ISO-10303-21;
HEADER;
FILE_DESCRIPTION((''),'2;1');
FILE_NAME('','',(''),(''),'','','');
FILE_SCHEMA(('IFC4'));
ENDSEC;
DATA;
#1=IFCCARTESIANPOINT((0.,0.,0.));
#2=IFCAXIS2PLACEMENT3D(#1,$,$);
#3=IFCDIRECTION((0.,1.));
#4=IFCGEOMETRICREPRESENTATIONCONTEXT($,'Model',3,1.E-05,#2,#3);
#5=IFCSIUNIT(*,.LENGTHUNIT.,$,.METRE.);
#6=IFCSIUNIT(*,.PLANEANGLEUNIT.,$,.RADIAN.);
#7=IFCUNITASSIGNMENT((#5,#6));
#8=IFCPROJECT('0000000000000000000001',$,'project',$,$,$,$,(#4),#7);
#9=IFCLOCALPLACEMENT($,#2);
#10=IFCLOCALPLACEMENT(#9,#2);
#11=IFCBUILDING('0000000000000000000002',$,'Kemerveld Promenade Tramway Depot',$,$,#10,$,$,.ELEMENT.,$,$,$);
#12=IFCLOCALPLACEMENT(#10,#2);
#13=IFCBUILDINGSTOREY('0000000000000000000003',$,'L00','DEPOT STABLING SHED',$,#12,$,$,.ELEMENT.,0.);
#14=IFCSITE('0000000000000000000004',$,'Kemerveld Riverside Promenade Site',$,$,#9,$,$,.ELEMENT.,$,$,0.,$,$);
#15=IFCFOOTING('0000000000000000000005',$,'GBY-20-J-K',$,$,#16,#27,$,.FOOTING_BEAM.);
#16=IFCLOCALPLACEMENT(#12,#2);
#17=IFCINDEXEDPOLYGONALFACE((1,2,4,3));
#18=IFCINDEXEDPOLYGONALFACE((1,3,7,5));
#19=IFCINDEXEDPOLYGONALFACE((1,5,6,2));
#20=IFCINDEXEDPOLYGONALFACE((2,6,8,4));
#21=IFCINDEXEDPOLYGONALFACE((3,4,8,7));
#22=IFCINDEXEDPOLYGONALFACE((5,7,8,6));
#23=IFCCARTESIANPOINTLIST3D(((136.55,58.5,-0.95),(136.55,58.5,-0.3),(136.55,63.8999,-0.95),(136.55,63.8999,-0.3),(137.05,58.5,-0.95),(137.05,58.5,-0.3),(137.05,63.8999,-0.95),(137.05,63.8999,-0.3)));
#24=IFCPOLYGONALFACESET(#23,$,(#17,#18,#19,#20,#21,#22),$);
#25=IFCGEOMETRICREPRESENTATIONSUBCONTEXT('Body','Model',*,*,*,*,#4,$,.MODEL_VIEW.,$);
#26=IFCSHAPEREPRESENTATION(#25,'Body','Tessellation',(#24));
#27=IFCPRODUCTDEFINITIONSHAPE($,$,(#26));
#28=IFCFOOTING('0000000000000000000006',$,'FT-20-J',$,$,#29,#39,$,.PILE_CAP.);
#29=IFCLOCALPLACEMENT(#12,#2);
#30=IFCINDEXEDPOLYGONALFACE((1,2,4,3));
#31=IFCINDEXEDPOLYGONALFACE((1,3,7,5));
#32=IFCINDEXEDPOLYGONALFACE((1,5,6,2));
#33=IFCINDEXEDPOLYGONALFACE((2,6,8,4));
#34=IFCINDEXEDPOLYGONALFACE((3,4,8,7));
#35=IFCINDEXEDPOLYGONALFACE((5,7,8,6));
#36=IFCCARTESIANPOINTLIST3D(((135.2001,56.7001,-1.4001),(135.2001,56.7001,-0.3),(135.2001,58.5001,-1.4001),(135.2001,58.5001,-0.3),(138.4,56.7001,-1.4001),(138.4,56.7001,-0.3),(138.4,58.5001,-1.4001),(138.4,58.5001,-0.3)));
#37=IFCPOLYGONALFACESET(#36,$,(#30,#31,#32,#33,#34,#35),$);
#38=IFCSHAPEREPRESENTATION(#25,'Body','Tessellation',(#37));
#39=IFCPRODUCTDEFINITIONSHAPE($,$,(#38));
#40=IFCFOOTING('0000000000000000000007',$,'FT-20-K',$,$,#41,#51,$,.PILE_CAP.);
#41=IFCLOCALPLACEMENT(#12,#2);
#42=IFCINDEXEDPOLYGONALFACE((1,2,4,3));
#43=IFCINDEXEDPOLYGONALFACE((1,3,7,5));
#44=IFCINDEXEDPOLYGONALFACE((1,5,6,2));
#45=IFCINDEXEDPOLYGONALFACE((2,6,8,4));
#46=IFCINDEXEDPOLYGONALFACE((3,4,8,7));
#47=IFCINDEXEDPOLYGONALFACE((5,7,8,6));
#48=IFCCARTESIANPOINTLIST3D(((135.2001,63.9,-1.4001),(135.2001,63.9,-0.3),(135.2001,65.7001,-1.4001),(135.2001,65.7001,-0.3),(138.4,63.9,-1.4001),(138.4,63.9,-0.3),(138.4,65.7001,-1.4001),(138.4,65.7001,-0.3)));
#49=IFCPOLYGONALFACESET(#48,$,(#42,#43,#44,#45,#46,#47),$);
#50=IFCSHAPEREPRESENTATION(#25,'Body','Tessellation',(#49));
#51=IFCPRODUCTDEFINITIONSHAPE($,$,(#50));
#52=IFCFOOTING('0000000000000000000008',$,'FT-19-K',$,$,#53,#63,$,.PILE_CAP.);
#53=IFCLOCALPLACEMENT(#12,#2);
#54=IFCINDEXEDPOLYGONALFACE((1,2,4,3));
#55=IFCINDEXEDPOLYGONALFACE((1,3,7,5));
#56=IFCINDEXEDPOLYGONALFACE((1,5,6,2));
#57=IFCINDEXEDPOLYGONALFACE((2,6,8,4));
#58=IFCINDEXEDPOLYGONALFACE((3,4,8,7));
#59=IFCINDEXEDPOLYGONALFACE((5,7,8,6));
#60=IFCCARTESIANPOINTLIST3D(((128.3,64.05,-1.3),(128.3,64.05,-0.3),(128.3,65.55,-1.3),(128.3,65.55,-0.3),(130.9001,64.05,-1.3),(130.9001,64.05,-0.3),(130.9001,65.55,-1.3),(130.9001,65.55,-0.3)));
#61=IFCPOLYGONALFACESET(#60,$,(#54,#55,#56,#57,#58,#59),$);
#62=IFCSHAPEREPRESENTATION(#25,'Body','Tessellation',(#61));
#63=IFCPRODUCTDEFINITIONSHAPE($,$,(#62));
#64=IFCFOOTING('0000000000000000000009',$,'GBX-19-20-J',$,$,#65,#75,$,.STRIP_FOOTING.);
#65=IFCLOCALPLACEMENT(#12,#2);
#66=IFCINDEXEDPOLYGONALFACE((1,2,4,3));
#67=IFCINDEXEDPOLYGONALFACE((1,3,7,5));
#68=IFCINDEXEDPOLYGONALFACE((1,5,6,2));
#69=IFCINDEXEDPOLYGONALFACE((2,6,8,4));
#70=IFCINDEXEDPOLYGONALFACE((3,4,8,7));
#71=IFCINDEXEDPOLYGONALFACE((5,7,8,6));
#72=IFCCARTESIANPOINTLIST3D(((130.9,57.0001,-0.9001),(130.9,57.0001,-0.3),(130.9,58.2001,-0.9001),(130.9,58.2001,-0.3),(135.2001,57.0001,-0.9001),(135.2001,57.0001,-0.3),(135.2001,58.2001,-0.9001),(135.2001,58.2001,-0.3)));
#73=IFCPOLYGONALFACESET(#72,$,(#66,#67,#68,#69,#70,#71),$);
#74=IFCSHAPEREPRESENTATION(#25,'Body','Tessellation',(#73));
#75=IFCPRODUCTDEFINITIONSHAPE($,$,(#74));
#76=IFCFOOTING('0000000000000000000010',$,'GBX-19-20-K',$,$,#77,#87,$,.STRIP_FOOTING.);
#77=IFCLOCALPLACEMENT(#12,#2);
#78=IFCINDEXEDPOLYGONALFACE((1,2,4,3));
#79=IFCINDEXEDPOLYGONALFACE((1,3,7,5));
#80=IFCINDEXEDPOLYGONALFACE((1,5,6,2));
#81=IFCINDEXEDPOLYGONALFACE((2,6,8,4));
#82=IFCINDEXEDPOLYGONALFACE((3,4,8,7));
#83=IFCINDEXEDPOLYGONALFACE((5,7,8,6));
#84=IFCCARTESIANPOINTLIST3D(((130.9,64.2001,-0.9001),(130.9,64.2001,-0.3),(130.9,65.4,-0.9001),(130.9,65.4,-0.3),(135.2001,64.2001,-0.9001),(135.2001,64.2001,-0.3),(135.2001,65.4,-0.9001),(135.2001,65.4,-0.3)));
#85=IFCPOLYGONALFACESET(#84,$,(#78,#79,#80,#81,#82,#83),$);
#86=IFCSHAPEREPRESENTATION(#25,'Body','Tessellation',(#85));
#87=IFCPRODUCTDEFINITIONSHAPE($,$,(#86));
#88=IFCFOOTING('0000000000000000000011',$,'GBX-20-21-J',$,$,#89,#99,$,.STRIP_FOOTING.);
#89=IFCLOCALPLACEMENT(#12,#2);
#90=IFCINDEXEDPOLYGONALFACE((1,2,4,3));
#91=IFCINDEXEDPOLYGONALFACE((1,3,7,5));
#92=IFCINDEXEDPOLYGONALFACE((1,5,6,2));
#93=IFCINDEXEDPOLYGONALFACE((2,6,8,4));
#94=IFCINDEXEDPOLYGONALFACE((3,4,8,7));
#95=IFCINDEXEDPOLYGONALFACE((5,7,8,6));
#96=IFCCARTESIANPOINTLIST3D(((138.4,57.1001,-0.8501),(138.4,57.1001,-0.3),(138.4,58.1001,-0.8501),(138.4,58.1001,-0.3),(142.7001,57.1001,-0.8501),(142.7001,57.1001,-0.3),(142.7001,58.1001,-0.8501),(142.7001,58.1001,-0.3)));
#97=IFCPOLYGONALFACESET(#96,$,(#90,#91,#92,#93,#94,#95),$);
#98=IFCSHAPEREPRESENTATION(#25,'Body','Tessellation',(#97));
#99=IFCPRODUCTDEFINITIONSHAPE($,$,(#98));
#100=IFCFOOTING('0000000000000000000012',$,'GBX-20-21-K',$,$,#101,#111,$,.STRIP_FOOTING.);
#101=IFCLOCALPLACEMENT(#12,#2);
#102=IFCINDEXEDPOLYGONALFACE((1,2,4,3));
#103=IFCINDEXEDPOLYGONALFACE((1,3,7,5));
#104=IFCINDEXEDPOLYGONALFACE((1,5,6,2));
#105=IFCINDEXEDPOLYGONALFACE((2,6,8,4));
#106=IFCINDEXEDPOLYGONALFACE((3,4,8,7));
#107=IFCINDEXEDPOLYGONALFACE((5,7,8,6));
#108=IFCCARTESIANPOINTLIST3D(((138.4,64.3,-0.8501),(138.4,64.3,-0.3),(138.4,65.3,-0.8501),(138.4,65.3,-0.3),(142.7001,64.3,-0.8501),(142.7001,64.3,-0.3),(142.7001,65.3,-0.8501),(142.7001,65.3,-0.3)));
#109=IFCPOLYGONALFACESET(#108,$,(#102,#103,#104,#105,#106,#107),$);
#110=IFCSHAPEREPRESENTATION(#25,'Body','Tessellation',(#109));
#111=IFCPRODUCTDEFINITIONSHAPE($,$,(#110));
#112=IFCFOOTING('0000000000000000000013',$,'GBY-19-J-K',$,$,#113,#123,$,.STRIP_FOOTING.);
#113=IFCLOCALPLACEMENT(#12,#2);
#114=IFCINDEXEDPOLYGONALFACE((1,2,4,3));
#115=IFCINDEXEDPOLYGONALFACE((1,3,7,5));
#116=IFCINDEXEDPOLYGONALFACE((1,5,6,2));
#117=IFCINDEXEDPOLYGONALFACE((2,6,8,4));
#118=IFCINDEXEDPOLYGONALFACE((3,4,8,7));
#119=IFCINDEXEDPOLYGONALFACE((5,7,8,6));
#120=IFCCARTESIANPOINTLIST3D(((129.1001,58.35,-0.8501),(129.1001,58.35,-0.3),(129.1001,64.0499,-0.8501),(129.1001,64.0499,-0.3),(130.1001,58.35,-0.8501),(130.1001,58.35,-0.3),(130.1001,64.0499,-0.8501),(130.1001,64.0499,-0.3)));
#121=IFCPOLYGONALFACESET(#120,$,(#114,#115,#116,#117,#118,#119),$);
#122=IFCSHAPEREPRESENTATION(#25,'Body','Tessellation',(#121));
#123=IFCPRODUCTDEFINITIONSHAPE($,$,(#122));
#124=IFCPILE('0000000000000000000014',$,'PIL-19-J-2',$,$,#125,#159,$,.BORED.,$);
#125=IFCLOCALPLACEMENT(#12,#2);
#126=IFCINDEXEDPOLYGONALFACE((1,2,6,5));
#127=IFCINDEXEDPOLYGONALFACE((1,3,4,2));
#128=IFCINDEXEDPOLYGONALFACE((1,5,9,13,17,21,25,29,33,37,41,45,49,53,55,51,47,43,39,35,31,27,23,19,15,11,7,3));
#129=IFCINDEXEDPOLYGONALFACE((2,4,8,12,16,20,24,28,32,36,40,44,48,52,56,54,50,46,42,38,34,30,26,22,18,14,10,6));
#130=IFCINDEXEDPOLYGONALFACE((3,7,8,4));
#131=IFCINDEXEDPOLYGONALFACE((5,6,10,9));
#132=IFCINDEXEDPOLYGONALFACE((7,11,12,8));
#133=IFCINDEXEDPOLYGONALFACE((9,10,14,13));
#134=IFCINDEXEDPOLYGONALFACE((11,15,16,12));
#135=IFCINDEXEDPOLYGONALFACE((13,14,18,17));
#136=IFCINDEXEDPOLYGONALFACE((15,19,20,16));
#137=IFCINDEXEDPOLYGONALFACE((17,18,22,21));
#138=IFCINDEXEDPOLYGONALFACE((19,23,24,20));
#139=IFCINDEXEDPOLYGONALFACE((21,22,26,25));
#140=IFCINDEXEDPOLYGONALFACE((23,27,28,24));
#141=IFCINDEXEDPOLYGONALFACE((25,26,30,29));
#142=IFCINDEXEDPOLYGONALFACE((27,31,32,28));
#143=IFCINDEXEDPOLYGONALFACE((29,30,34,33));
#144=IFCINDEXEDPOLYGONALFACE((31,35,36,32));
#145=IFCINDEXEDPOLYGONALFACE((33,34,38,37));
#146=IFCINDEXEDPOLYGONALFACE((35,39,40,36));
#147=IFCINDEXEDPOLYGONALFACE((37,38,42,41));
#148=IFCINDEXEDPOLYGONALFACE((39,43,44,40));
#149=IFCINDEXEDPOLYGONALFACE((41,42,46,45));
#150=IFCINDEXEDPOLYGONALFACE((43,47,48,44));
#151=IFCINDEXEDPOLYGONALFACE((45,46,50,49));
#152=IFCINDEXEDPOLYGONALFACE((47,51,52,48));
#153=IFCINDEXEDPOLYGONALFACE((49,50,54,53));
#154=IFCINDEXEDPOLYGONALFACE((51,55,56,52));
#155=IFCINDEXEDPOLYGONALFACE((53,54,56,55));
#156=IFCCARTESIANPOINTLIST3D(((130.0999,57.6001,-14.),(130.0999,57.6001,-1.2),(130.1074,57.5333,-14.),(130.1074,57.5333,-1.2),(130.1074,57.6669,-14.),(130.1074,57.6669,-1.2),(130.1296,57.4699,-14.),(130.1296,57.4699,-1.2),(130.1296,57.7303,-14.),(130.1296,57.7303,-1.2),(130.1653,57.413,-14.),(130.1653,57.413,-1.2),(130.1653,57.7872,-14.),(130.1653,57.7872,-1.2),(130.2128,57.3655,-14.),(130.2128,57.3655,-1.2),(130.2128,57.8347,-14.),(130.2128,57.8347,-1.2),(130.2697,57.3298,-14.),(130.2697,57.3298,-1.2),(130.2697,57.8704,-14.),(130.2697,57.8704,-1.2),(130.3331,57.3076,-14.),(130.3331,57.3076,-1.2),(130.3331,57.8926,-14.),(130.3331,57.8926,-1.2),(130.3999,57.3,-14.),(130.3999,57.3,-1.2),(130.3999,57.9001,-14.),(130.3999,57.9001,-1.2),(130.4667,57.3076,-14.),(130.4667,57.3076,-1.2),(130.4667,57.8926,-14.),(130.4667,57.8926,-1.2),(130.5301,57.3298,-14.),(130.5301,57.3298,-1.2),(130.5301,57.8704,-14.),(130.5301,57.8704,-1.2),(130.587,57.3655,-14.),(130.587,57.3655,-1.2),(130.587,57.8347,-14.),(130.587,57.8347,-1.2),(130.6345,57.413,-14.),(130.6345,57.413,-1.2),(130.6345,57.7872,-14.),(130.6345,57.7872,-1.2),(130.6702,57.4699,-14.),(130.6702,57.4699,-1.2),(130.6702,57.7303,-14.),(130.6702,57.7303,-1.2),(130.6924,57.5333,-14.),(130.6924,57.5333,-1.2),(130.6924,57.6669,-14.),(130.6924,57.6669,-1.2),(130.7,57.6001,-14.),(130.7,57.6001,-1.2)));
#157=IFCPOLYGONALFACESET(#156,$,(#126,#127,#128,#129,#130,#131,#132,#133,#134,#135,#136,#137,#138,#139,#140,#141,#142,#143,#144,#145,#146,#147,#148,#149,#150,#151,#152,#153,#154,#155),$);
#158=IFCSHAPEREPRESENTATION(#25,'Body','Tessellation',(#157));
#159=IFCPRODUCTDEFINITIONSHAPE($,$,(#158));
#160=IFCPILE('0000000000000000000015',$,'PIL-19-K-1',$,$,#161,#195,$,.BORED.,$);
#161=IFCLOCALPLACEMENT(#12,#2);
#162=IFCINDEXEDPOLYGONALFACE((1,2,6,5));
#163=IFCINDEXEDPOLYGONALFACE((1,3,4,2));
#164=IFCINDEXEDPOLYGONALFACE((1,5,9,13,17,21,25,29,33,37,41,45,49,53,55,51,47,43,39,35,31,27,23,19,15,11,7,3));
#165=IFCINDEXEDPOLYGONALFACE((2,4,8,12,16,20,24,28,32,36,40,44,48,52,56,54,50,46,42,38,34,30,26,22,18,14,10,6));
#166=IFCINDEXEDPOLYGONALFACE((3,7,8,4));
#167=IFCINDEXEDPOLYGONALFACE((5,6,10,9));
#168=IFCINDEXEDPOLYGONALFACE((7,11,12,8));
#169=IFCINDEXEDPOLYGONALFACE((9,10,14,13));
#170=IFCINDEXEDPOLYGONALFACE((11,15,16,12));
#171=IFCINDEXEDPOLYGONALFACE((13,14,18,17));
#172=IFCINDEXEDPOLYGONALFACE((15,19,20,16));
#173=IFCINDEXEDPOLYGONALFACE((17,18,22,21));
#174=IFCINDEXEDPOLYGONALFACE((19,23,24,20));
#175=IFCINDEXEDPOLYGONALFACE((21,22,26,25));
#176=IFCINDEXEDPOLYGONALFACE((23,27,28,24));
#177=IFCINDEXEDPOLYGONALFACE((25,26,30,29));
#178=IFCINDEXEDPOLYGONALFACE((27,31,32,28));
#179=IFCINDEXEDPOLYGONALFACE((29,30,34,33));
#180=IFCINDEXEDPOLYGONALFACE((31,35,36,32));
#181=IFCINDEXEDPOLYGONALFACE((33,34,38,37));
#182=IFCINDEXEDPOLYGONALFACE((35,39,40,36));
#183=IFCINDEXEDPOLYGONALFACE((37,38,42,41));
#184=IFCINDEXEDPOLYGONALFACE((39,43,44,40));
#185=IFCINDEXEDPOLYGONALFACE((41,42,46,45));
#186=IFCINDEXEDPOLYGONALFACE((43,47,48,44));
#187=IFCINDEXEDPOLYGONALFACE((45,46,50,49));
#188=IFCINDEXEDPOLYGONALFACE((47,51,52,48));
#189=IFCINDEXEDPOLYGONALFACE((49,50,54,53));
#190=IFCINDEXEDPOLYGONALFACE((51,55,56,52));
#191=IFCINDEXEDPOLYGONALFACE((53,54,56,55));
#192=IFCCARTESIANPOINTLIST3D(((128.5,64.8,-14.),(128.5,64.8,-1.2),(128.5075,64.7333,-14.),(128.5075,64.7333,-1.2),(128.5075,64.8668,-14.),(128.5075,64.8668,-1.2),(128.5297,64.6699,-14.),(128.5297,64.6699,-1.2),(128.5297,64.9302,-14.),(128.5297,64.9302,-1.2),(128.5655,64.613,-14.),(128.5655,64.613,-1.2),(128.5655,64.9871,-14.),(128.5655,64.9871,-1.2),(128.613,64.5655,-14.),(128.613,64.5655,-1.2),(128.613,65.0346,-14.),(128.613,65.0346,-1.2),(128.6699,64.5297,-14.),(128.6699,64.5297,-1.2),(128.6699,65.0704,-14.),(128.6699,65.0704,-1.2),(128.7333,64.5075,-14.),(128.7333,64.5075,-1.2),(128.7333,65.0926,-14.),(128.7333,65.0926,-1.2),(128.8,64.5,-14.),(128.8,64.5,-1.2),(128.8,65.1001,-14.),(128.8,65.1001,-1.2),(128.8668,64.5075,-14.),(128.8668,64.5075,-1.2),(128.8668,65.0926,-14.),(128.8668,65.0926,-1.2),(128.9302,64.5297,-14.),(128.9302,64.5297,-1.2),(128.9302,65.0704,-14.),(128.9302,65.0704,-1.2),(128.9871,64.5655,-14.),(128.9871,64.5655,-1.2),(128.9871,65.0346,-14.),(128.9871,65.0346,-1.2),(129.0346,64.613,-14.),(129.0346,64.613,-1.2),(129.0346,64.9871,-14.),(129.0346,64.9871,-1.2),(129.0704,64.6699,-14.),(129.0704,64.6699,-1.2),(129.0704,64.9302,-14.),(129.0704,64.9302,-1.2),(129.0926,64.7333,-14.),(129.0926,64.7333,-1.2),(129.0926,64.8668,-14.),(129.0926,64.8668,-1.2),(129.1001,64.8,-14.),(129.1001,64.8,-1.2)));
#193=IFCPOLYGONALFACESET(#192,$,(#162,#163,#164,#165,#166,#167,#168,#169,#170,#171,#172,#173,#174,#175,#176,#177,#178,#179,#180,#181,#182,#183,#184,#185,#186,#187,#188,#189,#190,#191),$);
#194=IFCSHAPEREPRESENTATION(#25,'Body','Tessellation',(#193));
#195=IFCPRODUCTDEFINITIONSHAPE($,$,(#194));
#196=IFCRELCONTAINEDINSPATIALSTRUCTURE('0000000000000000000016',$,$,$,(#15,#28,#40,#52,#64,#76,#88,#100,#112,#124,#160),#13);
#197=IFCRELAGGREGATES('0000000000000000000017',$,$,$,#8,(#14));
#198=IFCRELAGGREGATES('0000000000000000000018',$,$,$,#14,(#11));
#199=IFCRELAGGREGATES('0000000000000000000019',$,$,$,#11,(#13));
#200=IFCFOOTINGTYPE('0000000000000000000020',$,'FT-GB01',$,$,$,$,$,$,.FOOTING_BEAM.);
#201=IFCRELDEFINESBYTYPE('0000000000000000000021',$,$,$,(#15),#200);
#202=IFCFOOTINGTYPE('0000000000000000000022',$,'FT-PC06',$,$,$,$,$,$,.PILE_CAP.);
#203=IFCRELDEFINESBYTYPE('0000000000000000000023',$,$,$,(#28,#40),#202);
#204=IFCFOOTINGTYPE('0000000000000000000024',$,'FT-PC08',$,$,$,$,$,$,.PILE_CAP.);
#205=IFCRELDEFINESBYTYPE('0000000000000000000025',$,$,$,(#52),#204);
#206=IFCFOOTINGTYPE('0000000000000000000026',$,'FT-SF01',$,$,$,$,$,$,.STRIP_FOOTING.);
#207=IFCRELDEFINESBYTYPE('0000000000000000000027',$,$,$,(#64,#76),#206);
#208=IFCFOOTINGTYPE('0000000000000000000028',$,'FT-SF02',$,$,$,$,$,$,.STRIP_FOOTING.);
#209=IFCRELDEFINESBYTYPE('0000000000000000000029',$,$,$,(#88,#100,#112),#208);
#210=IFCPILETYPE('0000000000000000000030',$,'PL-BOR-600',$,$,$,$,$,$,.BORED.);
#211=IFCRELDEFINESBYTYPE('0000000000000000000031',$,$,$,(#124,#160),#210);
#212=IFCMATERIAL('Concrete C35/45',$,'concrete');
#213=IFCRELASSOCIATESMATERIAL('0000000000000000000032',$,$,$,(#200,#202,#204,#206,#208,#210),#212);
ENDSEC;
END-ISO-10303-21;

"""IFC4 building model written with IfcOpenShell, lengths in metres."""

from ifc_helpers import new_model, si_unit, direction, frame, origin, origin_2d, place, context, subcontext, project, spatial, rectangle, circle, extrude, material, material_profile, profile_set, type_object, element, save


model = new_model("IFC4")

# Units and contexts
model_context = context("Model", 3, precision=1e-05, world=origin(), true_north=direction((0.0, 1.0)))
body_context = subcontext(model_context, "Body", "Model", "MODEL_VIEW")
ifc_project = project(units=[si_unit("LENGTHUNIT", "METRE"), si_unit("PLANEANGLEUNIT", "RADIAN")], contexts=[model_context])

# Site, building, storey
site_placement = place(None, origin())
site = spatial("IfcSite", under=ifc_project, at=site_placement, Name="Kemerveld Riverside Promenade Site", CompositionType="ELEMENT", RefElevation=0.0)
building_placement = place(site_placement, origin())
building = spatial("IfcBuilding", under=site, at=building_placement, Name="Kemerveld Promenade Tramway Depot", CompositionType="ELEMENT")
storey_placement = place(building_placement, origin())
storey = spatial("IfcBuildingStorey", under=building, at=storey_placement, Name="L00", Description="DEPOT STABLING SHED", CompositionType="ELEMENT", Elevation=0.0)

# Footings
ifc_material_1 = material(Name="Concrete C35/45", Category="concrete")
footing_type_1 = type_object("IfcFootingType", Name="FT-GB01", PredefinedType="FOOTING_BEAM", material=ifc_material_1)
footing_1_placement = place(storey_placement, frame((136.8, 61.2, -0.95), z_axis=(0.0, 0.0, 1.0), x_axis=(0.0, 1.0, 0.0)))
element("IfcFooting", 1, at=footing_1_placement, inside=storey, type_object=footing_type_1, Name="GBY-20-J-K", PredefinedType="FOOTING_BEAM", context=body_context, shape_type="SweptSolid", body=[
    extrude(rectangle(XDim=5.3999, YDim=0.5, at=origin_2d()), origin(), (0.0, 0.0, 1.0), 0.6499),
])
footing_type_2 = type_object("IfcFootingType", Name="FT-PC06", PredefinedType="PILE_CAP", material=ifc_material_1)
for number, where, z_axis, x_axis, name in (
    (2, (136.8, 57.6001, -1.4001), (0.0, 0.0, 1.0), (1.0, 0.0, 0.0), "FT-20-J"),
    (3, (136.8, 64.8, -1.4001), (0.0, 0.0, 1.0), (1.0, 0.0, 0.0), "FT-20-K"),
):
    element("IfcFooting", number, at=place(storey_placement, frame(where, z_axis=z_axis, x_axis=x_axis)), inside=storey, type_object=footing_type_2, Name=name, PredefinedType="PILE_CAP", context=body_context, shape_type="SweptSolid", body=[
        extrude(rectangle(XDim=3.2, YDim=1.8, at=origin_2d()), origin(), (0.0, 0.0, 1.0), 1.1001),
    ])
footing_type_3 = type_object("IfcFootingType", Name="FT-PC08", PredefinedType="PILE_CAP", material=ifc_material_1)
footing_2_placement = place(storey_placement, frame((129.6001, 64.8, -1.3), z_axis=(0.0, 0.0, 1.0), x_axis=(1.0, 0.0, 0.0)))
element("IfcFooting", 4, at=footing_2_placement, inside=storey, type_object=footing_type_3, Name="FT-19-K", PredefinedType="PILE_CAP", context=body_context, shape_type="SweptSolid", body=[
    extrude(rectangle(XDim=2.6001, YDim=1.5, at=origin_2d()), origin(), (0.0, 0.0, 1.0), 1.0),
])
footing_type_4 = type_object("IfcFootingType", Name="FT-SF01", PredefinedType="STRIP_FOOTING", material=ifc_material_1)
for number, where, z_axis, x_axis, name in (
    (5, (133.05, 57.6001, -0.9001), (0.0, 0.0, 1.0), (1.0, 0.0, 0.0), "GBX-19-20-J"),
    (6, (133.05, 64.8, -0.9001), (0.0, 0.0, 1.0), (1.0, 0.0, 0.0), "GBX-19-20-K"),
):
    element("IfcFooting", number, at=place(storey_placement, frame(where, z_axis=z_axis, x_axis=x_axis)), inside=storey, type_object=footing_type_4, Name=name, PredefinedType="STRIP_FOOTING", context=body_context, shape_type="SweptSolid", body=[
        extrude(rectangle(XDim=4.3, YDim=1.2, at=origin_2d()), origin(), (0.0, 0.0, 1.0), 0.6001),
    ])
footing_type_5 = type_object("IfcFootingType", Name="FT-SF02", PredefinedType="STRIP_FOOTING", material=ifc_material_1)
for number, where, z_axis, x_axis, name in (
    (7, (140.55, 57.6001, -0.8501), (0.0, 0.0, 1.0), (1.0, 0.0, 0.0), "GBX-20-21-J"),
    (8, (140.55, 64.8, -0.8501), (0.0, 0.0, 1.0), (1.0, 0.0, 0.0), "GBX-20-21-K"),
):
    element("IfcFooting", number, at=place(storey_placement, frame(where, z_axis=z_axis, x_axis=x_axis)), inside=storey, type_object=footing_type_5, Name=name, PredefinedType="STRIP_FOOTING", context=body_context, shape_type="SweptSolid", body=[
        extrude(rectangle(XDim=4.3, YDim=1.0, at=origin_2d()), origin(), (0.0, 0.0, 1.0), 0.55),
    ])
footing_3_placement = place(storey_placement, frame((129.6001, 61.2, -0.8501), z_axis=(0.0, 0.0, 1.0), x_axis=(0.0, 1.0, 0.0)))
element("IfcFooting", 9, at=footing_3_placement, inside=storey, type_object=footing_type_5, Name="GBY-19-J-K", PredefinedType="STRIP_FOOTING", context=body_context, shape_type="SweptSolid", body=[
    extrude(rectangle(XDim=5.7, YDim=1.0, at=origin_2d()), origin(), (0.0, 0.0, 1.0), 0.55),
])

# Piles
ifc_material_profile_1 = material_profile(ifc_material_1, circle(Radius=0.3, at=origin_2d()), Name="PILE-D600")
ifc_profile_set_1 = profile_set([ifc_material_profile_1], Name="Concrete C35/45")
pile_type_1 = type_object("IfcPileType", Name="PL-BOR-600", PredefinedType="BORED", material=ifc_profile_set_1)
for number, where, z_axis, x_axis, name in (
    (10, (130.3999, 57.6001, -1.2), (0.0, 0.0, -1.0), (1.0, 0.0, 0.0), "PIL-19-J-2"),
    (11, (128.8, 64.8, -1.2), (0.0, 0.0, -1.0), (1.0, 0.0, 0.0), "PIL-19-K-1"),
):
    element("IfcPile", number, at=place(storey_placement, frame(where, z_axis=z_axis, x_axis=x_axis)), inside=storey, type_object=pile_type_1, Name=name, PredefinedType="BORED", context=body_context, shape_type="SweptSolid", body=[
        extrude(circle(Radius=0.3, at=origin_2d()), origin(), (0.0, 0.0, 1.0), 12.8),
    ])

save(model, "model.ifc")
